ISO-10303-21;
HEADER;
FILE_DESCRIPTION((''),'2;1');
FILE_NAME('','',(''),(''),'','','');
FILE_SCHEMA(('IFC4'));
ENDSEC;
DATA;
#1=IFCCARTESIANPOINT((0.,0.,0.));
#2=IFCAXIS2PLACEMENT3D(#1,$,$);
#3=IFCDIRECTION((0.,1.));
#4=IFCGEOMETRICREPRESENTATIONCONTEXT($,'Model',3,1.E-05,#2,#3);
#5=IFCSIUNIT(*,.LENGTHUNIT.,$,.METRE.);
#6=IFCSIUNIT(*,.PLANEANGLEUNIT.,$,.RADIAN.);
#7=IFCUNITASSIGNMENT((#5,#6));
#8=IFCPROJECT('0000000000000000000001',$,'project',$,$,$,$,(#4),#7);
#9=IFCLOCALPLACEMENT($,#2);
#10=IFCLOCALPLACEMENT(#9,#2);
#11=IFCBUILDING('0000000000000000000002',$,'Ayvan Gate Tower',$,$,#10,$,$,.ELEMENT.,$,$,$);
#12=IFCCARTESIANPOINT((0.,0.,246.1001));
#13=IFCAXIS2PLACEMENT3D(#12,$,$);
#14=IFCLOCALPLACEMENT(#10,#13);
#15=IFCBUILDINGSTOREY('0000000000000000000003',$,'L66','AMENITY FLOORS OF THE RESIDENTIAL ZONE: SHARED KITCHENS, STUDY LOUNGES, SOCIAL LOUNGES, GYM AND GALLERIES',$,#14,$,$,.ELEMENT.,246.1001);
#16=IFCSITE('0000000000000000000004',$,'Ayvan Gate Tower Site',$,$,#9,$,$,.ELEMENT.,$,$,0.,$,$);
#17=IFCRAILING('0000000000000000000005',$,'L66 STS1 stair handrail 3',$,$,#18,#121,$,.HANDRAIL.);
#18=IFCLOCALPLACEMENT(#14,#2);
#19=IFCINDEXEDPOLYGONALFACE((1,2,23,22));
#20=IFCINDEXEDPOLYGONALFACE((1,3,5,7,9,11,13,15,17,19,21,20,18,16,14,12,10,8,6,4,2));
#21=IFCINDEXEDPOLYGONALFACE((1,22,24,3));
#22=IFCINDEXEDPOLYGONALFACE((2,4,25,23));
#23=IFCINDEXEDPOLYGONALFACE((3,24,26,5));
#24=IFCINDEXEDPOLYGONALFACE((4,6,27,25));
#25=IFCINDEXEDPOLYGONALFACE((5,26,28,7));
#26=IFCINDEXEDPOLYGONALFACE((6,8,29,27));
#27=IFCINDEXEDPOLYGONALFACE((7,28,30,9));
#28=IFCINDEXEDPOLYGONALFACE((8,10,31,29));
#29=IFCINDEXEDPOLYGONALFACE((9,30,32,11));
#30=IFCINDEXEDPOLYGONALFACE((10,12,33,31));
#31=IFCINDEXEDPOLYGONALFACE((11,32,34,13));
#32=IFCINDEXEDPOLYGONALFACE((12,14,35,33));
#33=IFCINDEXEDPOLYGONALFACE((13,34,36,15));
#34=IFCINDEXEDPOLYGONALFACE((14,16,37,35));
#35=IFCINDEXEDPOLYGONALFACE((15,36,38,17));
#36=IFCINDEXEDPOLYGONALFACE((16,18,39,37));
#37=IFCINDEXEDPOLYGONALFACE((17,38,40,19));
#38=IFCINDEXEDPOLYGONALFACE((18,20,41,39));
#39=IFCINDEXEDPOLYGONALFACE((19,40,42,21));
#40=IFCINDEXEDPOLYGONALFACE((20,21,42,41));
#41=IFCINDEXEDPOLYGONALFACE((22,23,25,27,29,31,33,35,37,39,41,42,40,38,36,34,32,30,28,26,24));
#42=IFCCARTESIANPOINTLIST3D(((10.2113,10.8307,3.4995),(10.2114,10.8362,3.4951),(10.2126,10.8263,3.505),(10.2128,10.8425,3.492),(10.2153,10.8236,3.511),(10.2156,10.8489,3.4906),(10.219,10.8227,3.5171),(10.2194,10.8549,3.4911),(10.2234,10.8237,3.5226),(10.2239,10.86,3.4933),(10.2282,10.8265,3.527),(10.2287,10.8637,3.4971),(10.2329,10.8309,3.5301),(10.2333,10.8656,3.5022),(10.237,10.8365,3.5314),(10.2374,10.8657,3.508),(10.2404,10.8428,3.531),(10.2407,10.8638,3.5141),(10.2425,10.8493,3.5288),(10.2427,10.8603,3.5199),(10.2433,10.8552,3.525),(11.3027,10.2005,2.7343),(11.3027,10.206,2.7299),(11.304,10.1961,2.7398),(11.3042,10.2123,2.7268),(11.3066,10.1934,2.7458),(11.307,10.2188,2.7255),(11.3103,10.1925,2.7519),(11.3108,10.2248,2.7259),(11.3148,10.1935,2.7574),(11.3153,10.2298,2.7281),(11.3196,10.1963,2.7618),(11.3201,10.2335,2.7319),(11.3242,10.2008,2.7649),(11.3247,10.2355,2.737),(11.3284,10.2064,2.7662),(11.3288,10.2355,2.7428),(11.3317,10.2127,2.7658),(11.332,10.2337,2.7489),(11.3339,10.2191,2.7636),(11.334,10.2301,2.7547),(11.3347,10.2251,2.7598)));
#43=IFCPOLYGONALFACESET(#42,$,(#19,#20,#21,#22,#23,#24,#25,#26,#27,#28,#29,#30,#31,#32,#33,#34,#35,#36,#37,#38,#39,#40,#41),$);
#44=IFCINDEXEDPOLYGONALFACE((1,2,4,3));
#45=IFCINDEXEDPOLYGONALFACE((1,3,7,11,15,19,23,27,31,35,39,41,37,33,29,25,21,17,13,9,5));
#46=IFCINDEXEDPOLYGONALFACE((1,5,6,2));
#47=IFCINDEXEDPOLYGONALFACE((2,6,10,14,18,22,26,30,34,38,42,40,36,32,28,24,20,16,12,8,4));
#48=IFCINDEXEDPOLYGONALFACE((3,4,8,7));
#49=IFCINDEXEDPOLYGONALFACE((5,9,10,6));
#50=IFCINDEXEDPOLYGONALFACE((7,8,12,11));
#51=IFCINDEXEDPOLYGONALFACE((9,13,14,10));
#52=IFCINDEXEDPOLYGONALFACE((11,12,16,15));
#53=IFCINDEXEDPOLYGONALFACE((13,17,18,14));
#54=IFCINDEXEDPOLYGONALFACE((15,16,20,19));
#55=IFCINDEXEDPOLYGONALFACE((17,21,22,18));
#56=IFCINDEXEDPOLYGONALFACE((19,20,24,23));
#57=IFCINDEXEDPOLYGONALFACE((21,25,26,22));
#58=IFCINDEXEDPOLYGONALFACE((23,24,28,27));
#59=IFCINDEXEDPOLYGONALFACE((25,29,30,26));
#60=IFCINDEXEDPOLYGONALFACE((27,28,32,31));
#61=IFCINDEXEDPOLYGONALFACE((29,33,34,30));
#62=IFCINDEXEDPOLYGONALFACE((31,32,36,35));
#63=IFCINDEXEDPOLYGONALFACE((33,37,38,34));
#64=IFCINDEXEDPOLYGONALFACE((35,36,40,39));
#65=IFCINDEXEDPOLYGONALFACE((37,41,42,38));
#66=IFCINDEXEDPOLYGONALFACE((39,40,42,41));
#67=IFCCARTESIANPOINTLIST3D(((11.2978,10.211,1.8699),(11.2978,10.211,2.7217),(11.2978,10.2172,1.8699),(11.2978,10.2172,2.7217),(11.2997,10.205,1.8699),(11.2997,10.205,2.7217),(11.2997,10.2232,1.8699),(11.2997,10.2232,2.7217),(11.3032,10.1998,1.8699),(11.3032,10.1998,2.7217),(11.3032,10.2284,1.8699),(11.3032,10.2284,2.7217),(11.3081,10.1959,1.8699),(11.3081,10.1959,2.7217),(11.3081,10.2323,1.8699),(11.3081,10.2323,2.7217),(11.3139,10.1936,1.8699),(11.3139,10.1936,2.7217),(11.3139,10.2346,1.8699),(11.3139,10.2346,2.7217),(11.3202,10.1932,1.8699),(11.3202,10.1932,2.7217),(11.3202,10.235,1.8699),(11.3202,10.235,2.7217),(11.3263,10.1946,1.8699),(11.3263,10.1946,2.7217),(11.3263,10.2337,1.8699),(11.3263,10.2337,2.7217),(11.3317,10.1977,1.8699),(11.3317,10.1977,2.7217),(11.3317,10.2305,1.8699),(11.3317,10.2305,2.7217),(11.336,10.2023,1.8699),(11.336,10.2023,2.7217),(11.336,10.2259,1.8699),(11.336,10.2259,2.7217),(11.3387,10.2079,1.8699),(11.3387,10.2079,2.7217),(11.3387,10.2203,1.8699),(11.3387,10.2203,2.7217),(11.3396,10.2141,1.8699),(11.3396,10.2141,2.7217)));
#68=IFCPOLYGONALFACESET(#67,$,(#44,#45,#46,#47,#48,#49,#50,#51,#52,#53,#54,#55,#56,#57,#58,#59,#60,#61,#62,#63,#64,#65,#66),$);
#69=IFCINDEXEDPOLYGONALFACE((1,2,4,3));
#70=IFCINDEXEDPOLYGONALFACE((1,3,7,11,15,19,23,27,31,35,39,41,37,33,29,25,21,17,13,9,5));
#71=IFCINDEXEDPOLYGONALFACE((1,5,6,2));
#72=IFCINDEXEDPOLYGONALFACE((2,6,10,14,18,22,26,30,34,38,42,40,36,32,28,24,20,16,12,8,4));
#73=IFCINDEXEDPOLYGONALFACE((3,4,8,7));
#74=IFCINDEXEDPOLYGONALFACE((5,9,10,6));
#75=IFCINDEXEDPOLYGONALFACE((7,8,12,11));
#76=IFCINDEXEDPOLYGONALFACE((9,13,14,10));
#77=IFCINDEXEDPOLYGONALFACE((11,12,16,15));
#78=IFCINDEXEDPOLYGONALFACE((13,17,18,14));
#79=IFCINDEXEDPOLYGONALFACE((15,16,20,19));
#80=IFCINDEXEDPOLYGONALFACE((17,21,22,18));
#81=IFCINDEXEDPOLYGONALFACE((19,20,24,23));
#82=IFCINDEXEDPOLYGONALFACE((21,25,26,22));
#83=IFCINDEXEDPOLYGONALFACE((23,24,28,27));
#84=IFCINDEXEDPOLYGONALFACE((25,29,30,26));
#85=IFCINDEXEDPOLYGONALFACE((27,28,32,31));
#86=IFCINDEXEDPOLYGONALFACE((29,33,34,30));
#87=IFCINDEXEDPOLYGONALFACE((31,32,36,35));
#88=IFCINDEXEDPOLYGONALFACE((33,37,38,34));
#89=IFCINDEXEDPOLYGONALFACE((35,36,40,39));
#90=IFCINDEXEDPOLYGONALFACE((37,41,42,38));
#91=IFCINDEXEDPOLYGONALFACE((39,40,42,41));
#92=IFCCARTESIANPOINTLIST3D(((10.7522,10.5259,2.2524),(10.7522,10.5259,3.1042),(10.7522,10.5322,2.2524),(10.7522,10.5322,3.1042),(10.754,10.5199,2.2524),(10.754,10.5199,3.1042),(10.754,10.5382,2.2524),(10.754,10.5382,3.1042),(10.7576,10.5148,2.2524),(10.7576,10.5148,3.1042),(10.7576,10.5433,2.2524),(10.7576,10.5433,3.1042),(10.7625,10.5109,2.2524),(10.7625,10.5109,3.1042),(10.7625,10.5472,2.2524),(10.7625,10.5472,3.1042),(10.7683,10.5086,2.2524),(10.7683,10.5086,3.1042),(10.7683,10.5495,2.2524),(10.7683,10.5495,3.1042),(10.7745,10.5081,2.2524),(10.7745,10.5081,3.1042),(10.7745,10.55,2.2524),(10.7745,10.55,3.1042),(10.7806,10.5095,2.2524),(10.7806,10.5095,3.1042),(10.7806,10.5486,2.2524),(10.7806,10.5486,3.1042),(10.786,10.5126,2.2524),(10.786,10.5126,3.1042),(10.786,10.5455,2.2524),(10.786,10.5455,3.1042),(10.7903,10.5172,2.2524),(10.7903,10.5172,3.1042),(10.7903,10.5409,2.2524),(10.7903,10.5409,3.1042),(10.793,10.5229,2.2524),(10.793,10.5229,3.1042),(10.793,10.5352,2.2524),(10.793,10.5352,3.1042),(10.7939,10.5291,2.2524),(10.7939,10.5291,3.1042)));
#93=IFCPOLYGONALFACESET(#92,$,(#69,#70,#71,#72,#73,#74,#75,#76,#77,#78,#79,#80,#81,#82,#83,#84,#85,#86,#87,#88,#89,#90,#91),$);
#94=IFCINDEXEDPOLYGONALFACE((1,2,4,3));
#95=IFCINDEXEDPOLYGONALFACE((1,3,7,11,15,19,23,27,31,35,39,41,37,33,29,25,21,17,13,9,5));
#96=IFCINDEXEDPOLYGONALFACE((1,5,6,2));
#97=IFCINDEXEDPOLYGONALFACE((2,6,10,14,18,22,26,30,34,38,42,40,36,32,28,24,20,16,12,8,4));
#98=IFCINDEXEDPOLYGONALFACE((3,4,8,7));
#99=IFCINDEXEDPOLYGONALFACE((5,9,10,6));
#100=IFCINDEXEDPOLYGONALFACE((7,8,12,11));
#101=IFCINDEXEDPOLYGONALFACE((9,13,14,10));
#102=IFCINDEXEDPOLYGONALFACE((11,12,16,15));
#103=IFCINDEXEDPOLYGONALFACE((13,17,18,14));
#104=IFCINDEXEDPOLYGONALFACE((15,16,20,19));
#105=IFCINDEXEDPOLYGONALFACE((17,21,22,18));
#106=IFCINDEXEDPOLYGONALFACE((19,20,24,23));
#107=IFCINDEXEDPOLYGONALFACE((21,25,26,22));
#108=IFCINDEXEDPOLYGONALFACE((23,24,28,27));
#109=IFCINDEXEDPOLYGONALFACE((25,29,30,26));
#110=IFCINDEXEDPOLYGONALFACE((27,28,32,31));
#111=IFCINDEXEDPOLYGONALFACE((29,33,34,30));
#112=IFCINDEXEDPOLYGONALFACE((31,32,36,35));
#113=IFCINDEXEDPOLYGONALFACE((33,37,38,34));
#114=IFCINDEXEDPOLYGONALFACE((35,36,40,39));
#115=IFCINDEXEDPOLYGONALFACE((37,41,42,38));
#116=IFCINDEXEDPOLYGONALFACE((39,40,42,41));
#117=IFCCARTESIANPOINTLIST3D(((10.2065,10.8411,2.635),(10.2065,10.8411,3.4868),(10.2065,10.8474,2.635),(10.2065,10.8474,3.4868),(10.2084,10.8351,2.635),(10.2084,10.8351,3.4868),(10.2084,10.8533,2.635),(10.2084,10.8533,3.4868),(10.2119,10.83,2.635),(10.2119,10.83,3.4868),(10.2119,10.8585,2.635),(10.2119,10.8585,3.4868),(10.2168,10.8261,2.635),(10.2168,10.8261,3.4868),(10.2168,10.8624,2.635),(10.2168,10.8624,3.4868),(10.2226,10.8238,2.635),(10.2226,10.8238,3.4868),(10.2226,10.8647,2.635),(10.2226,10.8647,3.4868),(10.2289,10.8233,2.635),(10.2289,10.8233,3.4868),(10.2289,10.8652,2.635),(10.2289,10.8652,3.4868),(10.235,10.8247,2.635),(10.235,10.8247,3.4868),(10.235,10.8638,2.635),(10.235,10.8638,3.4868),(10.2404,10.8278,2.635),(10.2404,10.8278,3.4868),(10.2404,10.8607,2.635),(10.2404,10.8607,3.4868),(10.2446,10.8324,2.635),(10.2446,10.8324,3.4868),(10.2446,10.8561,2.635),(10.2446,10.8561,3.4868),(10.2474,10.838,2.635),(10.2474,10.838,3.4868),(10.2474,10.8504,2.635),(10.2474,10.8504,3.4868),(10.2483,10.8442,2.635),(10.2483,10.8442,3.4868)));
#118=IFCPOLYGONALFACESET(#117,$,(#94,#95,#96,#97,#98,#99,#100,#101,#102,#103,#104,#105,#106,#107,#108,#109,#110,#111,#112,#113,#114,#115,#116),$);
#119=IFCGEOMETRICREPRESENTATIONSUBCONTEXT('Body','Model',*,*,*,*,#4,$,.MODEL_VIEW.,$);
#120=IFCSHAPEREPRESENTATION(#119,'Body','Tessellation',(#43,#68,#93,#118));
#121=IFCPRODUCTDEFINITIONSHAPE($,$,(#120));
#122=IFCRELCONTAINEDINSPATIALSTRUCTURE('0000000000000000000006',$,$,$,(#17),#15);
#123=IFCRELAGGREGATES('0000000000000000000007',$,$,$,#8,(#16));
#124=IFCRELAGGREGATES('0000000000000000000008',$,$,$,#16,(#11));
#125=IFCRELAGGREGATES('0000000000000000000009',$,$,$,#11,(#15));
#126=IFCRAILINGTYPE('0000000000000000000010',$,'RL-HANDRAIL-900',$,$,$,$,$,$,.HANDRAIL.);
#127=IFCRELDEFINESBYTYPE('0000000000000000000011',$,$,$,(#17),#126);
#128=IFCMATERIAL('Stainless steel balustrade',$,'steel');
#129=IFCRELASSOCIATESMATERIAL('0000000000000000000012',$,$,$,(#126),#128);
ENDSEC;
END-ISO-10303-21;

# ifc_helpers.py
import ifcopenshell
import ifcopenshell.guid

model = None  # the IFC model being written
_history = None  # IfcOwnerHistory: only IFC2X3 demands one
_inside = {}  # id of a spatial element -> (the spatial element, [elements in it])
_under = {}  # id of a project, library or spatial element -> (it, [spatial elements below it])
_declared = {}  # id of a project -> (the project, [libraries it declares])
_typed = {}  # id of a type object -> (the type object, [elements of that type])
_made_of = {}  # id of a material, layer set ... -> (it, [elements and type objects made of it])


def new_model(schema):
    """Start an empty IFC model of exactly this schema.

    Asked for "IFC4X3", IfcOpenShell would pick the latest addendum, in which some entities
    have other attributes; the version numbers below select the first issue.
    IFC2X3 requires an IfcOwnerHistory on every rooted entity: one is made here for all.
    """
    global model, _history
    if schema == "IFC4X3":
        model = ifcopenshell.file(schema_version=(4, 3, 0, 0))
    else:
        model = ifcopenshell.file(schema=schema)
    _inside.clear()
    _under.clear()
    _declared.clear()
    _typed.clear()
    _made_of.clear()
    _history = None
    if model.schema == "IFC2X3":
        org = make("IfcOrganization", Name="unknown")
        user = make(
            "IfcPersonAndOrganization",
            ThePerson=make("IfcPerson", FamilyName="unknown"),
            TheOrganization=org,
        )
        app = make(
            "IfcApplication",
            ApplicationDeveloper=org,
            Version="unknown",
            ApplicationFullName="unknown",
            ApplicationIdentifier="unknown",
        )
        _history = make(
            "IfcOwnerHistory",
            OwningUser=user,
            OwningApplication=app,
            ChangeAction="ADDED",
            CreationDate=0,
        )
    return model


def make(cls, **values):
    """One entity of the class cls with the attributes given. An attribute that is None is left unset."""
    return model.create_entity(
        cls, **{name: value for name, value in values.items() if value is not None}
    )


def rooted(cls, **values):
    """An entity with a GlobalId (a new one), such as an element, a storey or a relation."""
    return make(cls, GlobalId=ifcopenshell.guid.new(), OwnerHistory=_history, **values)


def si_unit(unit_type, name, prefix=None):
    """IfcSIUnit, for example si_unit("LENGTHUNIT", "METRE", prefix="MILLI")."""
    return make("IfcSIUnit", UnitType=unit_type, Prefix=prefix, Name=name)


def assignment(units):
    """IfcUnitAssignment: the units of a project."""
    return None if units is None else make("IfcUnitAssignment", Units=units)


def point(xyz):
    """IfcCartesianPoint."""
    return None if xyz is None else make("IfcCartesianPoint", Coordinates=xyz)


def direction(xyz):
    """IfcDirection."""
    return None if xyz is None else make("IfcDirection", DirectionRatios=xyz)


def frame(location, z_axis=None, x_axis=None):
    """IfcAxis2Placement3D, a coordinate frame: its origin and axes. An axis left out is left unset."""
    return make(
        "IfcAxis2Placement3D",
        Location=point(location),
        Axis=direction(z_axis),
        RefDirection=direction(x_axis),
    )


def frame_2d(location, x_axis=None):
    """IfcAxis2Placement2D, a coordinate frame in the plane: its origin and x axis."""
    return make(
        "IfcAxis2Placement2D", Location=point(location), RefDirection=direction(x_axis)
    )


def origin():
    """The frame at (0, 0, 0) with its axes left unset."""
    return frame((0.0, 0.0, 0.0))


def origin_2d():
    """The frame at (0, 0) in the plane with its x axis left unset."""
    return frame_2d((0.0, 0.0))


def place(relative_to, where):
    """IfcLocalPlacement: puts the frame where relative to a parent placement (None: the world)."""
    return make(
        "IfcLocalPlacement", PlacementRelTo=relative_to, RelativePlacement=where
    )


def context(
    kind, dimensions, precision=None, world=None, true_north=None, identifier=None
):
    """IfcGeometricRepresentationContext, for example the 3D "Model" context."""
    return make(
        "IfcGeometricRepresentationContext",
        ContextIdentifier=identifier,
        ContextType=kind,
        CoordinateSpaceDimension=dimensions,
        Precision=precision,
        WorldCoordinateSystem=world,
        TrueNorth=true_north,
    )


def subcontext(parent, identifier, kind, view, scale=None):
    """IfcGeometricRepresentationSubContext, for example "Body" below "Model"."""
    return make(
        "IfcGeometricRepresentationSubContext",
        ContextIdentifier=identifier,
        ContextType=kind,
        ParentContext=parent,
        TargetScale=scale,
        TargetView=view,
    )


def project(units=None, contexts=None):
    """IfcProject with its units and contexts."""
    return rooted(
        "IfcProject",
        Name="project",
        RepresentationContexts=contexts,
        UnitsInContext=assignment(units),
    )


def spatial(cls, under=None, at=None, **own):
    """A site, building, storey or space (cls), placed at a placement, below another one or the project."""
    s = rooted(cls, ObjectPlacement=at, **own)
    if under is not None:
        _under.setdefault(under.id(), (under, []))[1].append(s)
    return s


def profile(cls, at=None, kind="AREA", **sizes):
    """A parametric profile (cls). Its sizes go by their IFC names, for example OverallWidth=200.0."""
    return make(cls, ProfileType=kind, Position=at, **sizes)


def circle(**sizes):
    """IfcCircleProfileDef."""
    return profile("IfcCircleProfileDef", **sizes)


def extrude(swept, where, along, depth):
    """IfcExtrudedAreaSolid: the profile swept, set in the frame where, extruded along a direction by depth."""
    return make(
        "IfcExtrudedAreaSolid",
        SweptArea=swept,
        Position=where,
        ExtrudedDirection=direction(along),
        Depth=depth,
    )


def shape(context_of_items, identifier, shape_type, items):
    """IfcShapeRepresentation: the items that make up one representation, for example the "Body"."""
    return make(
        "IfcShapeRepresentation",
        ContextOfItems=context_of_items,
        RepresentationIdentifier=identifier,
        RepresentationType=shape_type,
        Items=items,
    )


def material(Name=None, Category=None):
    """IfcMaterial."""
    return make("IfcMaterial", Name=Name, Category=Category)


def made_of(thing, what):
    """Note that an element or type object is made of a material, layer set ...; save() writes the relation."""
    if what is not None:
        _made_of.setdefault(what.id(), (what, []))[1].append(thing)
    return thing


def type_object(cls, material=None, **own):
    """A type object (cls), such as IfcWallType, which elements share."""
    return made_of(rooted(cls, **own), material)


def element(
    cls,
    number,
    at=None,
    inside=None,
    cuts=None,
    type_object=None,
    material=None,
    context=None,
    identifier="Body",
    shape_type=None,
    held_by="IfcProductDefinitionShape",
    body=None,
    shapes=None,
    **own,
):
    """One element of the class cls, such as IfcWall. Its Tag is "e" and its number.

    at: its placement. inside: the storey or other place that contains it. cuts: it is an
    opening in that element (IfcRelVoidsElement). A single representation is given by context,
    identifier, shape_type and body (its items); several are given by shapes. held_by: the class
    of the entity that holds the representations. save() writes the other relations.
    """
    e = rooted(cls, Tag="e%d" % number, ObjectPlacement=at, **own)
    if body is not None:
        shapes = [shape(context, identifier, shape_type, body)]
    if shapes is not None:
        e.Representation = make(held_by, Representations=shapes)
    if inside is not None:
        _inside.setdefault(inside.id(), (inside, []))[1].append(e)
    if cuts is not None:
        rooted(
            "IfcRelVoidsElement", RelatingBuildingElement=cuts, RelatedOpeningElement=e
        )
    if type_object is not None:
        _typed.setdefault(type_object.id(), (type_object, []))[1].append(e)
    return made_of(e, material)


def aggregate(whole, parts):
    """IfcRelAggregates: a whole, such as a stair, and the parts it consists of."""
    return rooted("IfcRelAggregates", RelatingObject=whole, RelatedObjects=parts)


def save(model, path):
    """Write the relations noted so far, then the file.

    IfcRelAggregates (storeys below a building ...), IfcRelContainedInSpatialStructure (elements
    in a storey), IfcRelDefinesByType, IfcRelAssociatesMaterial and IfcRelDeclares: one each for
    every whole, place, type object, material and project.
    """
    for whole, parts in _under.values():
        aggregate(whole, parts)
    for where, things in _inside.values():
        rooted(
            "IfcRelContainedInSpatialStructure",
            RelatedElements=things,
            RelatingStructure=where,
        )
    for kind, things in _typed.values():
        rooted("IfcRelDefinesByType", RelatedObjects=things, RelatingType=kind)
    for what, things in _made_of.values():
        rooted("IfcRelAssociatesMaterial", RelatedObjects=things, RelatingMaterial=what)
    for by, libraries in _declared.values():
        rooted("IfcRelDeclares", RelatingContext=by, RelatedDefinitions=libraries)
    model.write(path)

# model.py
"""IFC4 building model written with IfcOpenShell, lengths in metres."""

from ifc_helpers import new_model, si_unit, direction, frame, origin, origin_2d, place, context, subcontext, project, spatial, circle, extrude, material, type_object, element, save


model = new_model("IFC4")

# Units and contexts
model_context = context("Model", 3, precision=1e-05, world=origin(), true_north=direction((0.0, 1.0)))
body_context = subcontext(model_context, "Body", "Model", "MODEL_VIEW")
ifc_project = project(units=[si_unit("LENGTHUNIT", "METRE"), si_unit("PLANEANGLEUNIT", "RADIAN")], contexts=[model_context])

# Site, building, storey
site_placement = place(None, origin())
site = spatial("IfcSite", under=ifc_project, at=site_placement, Name="Ayvan Gate Tower Site", CompositionType="ELEMENT", RefElevation=0.0)
building_placement = place(site_placement, origin())
building = spatial("IfcBuilding", under=site, at=building_placement, Name="Ayvan Gate Tower", CompositionType="ELEMENT")
storey_placement = place(building_placement, frame((0.0, 0.0, 246.1001)))
storey = spatial("IfcBuildingStorey", under=building, at=storey_placement, Name="L66", Description="AMENITY FLOORS OF THE RESIDENTIAL ZONE: SHARED KITCHENS, STUDY LOUNGES, SOCIAL LOUNGES, GYM AND GALLERIES", CompositionType="ELEMENT", Elevation=246.1001)

# Railing
ifc_material_1 = material(Name="Stainless steel balustrade", Category="steel")
railing_type_1 = type_object("IfcRailingType", Name="RL-HANDRAIL-900", PredefinedType="HANDRAIL", material=ifc_material_1)
railing_1_placement = place(storey_placement, frame((11.3186, 10.2141, 1.8699)))
element("IfcRailing", 1, at=railing_1_placement, inside=storey, type_object=railing_type_1, Name="L66 STS1 stair handrail 3", PredefinedType="HANDRAIL", context=body_context, shape_type="SweptSolid", body=[
    extrude(circle(Radius=0.0239, at=origin_2d()), frame((0.0, 0.0, 0.876), z_axis=(-0.740241, 0.427419, 0.518996), x_axis=(-0.500035, -0.866005, 0.0)), (0.0, 0.0, 1.0), 1.4744),
    extrude(circle(Radius=0.021, at=origin_2d()), origin(), (0.0, 0.0, 1.0), 0.8518),
    extrude(circle(Radius=0.021, at=origin_2d()), frame((-0.5457, 0.3149, 0.3826)), (0.0, 0.0, 1.0), 0.8518),
    extrude(circle(Radius=0.021, at=origin_2d()), frame((-1.0913, 0.6301, 0.7651)), (0.0, 0.0, 1.0), 0.8518),
])

save(model, "model.ifc")
